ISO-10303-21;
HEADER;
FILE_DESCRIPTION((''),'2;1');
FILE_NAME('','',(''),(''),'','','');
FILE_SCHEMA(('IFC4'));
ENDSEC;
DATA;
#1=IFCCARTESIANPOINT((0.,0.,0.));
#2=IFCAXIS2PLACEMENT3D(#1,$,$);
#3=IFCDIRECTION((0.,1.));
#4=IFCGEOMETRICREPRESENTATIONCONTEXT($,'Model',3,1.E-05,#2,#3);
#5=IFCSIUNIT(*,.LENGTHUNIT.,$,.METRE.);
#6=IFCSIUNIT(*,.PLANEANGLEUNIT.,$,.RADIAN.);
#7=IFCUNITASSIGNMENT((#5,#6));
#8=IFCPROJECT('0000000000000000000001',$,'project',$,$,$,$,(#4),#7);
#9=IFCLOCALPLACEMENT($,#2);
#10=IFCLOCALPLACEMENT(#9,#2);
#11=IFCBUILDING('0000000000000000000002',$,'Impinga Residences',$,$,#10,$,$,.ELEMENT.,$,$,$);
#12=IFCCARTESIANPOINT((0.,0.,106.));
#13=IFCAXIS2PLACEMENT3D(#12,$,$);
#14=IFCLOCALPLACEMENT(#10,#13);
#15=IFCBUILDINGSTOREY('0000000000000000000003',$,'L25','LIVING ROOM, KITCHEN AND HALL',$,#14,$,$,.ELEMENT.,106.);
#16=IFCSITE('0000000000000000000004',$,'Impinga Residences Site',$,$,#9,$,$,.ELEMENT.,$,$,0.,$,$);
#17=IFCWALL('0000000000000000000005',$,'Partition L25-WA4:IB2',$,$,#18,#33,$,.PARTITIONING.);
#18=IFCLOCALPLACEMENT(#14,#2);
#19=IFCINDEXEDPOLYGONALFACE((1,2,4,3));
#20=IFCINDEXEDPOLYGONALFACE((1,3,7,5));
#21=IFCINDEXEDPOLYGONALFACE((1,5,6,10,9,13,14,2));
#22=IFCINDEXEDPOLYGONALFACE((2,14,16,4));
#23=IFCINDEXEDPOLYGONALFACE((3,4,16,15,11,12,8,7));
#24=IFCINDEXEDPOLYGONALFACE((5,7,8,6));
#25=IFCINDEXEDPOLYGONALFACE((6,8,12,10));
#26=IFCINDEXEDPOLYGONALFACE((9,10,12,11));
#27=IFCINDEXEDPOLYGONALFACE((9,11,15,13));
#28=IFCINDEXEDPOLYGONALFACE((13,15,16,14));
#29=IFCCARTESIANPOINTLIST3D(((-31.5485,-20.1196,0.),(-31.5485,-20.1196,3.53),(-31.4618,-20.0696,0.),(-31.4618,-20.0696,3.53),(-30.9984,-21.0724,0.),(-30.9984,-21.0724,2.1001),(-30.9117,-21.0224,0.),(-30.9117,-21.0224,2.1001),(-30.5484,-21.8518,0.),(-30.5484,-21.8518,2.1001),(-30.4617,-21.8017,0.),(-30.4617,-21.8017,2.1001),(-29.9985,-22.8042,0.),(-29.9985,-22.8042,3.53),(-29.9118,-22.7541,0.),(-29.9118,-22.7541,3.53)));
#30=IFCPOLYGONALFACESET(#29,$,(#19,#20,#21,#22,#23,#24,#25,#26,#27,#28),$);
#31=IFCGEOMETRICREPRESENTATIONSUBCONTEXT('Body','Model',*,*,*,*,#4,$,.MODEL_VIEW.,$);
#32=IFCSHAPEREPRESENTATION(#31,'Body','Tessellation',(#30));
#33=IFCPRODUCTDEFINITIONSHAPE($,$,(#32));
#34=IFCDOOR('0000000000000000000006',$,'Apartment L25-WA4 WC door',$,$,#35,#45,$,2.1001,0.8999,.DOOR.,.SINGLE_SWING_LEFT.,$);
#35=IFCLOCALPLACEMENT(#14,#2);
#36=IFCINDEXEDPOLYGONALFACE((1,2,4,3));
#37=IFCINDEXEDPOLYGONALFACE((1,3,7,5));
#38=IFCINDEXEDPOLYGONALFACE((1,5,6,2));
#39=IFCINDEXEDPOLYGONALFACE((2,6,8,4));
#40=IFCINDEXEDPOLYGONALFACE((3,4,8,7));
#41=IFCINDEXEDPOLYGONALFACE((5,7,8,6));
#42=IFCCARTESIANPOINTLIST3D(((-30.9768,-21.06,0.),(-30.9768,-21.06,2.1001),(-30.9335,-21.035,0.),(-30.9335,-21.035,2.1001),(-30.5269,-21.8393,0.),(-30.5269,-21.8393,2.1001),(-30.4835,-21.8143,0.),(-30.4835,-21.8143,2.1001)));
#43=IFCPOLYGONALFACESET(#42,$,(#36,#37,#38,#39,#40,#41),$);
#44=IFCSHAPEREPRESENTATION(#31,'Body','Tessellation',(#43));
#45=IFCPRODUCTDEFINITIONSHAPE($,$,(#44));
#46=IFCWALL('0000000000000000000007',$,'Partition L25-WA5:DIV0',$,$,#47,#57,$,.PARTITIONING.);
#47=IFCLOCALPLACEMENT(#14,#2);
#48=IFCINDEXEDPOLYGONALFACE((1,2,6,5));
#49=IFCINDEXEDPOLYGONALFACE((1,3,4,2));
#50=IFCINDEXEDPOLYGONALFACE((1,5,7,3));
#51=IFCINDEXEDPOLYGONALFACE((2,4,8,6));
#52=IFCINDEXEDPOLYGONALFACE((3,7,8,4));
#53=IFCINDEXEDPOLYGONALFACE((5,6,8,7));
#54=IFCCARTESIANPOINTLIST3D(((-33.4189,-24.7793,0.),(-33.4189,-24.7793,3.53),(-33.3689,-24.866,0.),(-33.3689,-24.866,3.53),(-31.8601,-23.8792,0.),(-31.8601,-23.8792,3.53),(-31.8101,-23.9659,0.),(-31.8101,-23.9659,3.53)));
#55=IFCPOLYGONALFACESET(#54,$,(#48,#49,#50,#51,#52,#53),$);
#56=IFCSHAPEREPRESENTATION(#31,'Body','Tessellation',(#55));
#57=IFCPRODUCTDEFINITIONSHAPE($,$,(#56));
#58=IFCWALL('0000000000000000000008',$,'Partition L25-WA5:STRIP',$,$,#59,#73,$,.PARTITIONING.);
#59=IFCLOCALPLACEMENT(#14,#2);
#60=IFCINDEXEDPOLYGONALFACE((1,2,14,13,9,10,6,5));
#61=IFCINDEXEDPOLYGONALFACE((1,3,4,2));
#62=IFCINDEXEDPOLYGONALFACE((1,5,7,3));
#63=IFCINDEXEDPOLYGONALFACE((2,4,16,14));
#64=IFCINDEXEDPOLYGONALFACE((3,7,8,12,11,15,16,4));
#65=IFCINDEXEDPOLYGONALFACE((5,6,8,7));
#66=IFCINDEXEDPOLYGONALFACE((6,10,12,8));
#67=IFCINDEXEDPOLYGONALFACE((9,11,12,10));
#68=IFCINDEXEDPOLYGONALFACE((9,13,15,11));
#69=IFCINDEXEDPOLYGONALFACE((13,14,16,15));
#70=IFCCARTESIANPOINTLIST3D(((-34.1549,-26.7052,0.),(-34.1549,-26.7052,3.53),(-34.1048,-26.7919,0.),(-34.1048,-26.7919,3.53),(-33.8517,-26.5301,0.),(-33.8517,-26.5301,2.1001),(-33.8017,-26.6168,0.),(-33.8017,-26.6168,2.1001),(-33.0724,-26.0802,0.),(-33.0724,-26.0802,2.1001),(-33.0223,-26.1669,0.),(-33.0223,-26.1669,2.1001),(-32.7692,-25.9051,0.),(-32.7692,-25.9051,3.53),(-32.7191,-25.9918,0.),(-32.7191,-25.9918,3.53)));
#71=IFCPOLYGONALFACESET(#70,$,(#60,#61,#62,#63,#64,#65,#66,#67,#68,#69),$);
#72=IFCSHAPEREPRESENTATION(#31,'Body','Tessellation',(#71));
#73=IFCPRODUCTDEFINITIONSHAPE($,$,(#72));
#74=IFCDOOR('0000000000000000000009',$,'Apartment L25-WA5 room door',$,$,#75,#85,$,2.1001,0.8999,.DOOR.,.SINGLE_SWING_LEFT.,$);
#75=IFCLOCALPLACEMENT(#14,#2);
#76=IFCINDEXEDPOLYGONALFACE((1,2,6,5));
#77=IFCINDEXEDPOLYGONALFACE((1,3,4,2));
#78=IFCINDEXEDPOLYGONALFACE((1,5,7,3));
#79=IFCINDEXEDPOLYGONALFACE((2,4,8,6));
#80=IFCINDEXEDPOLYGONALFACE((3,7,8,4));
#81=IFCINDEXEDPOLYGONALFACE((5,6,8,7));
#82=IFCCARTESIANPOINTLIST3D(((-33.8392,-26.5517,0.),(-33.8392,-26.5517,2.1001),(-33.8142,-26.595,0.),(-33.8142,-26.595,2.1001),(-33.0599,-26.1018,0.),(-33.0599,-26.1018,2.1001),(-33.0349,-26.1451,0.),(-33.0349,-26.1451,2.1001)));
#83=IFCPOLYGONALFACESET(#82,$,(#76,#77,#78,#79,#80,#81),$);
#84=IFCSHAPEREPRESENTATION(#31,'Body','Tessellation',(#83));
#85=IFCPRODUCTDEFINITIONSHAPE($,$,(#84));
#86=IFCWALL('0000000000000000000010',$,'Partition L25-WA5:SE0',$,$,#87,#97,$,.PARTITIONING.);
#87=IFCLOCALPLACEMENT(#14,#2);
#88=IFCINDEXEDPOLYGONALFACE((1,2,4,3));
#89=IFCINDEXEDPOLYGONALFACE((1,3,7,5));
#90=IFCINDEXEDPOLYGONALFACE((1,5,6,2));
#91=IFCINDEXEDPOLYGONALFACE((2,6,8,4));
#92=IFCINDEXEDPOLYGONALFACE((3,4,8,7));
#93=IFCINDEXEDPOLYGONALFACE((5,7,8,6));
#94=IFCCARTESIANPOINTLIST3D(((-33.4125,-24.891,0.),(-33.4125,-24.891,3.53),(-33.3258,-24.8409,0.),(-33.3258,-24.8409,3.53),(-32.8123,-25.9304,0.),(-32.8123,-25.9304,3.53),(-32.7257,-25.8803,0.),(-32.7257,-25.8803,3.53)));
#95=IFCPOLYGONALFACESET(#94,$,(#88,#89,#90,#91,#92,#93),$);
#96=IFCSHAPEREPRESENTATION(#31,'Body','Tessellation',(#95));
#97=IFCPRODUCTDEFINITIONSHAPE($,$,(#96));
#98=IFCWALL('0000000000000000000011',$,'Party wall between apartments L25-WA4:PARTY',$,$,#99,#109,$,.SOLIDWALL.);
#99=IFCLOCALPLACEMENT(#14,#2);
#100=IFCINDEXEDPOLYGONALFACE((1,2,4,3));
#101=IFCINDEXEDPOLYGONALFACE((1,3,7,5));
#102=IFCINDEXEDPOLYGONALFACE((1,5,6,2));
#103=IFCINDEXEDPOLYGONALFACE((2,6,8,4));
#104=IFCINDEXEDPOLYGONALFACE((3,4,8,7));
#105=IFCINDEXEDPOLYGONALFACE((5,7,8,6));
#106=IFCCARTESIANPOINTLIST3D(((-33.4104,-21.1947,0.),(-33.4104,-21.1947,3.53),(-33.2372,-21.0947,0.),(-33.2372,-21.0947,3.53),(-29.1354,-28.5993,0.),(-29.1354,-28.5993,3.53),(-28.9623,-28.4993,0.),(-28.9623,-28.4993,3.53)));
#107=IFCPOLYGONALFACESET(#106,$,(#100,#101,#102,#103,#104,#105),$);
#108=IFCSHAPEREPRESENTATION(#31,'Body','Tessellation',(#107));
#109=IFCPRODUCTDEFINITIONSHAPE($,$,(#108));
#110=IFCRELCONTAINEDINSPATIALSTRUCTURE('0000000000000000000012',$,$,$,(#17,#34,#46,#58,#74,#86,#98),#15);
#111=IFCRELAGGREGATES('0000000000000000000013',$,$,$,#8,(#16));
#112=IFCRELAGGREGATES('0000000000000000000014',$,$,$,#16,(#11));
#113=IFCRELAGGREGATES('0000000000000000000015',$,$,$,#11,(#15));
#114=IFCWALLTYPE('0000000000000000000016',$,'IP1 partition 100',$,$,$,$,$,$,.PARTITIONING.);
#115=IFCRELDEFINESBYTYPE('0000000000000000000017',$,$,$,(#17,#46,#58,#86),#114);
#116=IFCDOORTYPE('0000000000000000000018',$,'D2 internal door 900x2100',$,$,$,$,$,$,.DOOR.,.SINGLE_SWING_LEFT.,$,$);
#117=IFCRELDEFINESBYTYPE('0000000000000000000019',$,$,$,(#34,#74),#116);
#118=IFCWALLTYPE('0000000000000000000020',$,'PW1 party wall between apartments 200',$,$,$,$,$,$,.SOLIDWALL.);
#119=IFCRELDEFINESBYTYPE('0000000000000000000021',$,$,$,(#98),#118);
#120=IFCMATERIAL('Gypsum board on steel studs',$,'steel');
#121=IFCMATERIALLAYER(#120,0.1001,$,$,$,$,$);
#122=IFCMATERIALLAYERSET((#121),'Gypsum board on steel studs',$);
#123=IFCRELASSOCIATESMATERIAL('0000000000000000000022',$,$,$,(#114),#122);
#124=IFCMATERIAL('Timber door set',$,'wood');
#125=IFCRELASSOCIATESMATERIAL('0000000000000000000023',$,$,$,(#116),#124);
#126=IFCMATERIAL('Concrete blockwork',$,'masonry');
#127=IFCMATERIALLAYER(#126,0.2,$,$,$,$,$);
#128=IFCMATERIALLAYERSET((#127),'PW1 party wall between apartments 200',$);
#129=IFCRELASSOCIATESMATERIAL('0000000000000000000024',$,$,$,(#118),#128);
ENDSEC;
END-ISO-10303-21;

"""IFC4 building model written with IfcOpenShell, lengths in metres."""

from ifc_helpers import new_model, si_unit, direction, frame, frame_2d, origin, place, context, subcontext, project, spatial, rectangle, extrude, material, layer, layer_set, type_object, element, fill, save


model = new_model("IFC4")

# Units and contexts
model_context = context("Model", 3, precision=1e-05, world=origin(), true_north=direction((0.0, 1.0)))
body_context = subcontext(model_context, "Body", "Model", "MODEL_VIEW")
ifc_project = project(units=[si_unit("LENGTHUNIT", "METRE"), si_unit("PLANEANGLEUNIT", "RADIAN")], contexts=[model_context])

# Site, building, storey
site_placement = place(None, origin())
site = spatial("IfcSite", under=ifc_project, at=site_placement, Name="Impinga Residences Site", CompositionType="ELEMENT", RefElevation=0.0)
building_placement = place(site_placement, origin())
building = spatial("IfcBuilding", under=site, at=building_placement, Name="Impinga Residences", CompositionType="ELEMENT")
storey_placement = place(building_placement, frame((0.0, 0.0, 106.0)))
storey = spatial("IfcBuildingStorey", under=building, at=storey_placement, Name="L25", Description="LIVING ROOM, KITCHEN AND HALL", CompositionType="ELEMENT", Elevation=106.0)

# Shared definitions
ifc_material_1 = material(Name="Concrete blockwork", Category="masonry")
ifc_material_2 = material(Name="Timber door set", Category="wood")

# Shared definitions
ifc_material_3 = material(Name="Gypsum board on steel studs", Category="steel")
ifc_layer_1 = layer(ifc_material_3, 0.1001)
ifc_layer_set_1 = layer_set([ifc_layer_1], Name="Gypsum board on steel studs")
wall_type_1 = type_object("IfcWallType", Name="IP1 partition 100", PredefinedType="PARTITIONING", material=ifc_layer_set_1)

# Wall, opening, door
door_type_1 = type_object("IfcDoorType", Name="D2 internal door 900x2100", OperationType="SINGLE_SWING_LEFT", PredefinedType="DOOR", material=ifc_material_2)
wall_1_placement = place(storey_placement, frame((-31.5051, -20.0947, 0.0), z_axis=(0.0, 0.0, 1.0), x_axis=(0.500027, -0.86601, 0.0)))
wall_1 = element("IfcWall", 1, at=wall_1_placement, inside=storey, type_object=wall_type_1, Name="Partition L25-WA4:IB2", PredefinedType="PARTITIONING", context=body_context, shape_type="SweptSolid", body=[
    extrude(rectangle(XDim=3.0999, YDim=0.1001, at=frame_2d((1.5498, 0.0))), origin(), (0.0, 0.0, 1.0), 3.53),
])
opening_1_placement = place(wall_1_placement, frame((1.1001, 0.0, 0.0)))
opening_1 = element("IfcOpeningElement", 2, at=opening_1_placement, cuts=wall_1, PredefinedType="OPENING", context=body_context, shape_type="SweptSolid", body=[
    extrude(rectangle(XDim=0.8999, YDim=2.1001, at=frame_2d((0.45, 1.05))), frame((0.0, 0.0601, 0.0), z_axis=(0.0, -1.0, 0.0), x_axis=(1.0, 0.0, 0.0)), (0.0, 0.0, 1.0), 0.1201),
])
door_1_placement = place(opening_1_placement, origin())
door_1 = element("IfcDoor", 3, at=door_1_placement, inside=storey, type_object=door_type_1, Name="Apartment L25-WA4 WC door", OperationType="SINGLE_SWING_LEFT", OverallHeight=2.1001, OverallWidth=0.8999, PredefinedType="DOOR", context=body_context, shape_type="SweptSolid", body=[
    extrude(rectangle(XDim=0.8999, YDim=2.1001, at=frame_2d((0.45, 1.05))), frame((0.0, 0.0249, 0.0), z_axis=(0.0, -1.0, 0.0), x_axis=(1.0, 0.0, 0.0)), (0.0, 0.0, 1.0), 0.05),
])
fill(opening_1, door_1)

# Wall
wall_2_placement = place(storey_placement, frame((-31.8352, -23.9226, 0.0), z_axis=(0.0, 0.0, 1.0), x_axis=(-0.865989, -0.500063, 0.0)))
element("IfcWall", 4, at=wall_2_placement, inside=storey, type_object=wall_type_1, Name="Partition L25-WA5:DIV0", PredefinedType="PARTITIONING", context=body_context, shape_type="SweptSolid", body=[
    extrude(rectangle(XDim=1.8, YDim=0.1001, at=frame_2d((0.8999, 0.0))), origin(), (0.0, 0.0, 1.0), 3.53),
])

# Wall, opening, door
wall_3_placement = place(storey_placement, frame((-32.7441, -25.9485, 0.0), z_axis=(0.0, 0.0, 1.0), x_axis=(-0.866028, -0.499995, 0.0)))
wall_3 = element("IfcWall", 5, at=wall_3_placement, inside=storey, type_object=wall_type_1, Name="Partition L25-WA5:STRIP", PredefinedType="PARTITIONING", context=body_context, shape_type="SweptSolid", body=[
    extrude(rectangle(XDim=1.6001, YDim=0.1001, at=frame_2d((0.8, 0.0))), origin(), (0.0, 0.0, 1.0), 3.53),
])
opening_2_placement = place(wall_3_placement, frame((0.3501, 0.0, 0.0)))
opening_2 = element("IfcOpeningElement", 6, at=opening_2_placement, cuts=wall_3, PredefinedType="OPENING", context=body_context, shape_type="SweptSolid", body=[
    extrude(rectangle(XDim=0.8999, YDim=2.1001, at=frame_2d((0.45, 1.05))), frame((0.0, 0.0601, 0.0), z_axis=(0.0, -1.0, 0.0), x_axis=(1.0, 0.0, 0.0)), (0.0, 0.0, 1.0), 0.1201),
])
door_2_placement = place(opening_2_placement, origin())
door_2 = element("IfcDoor", 7, at=door_2_placement, inside=storey, type_object=door_type_1, Name="Apartment L25-WA5 room door", OperationType="SINGLE_SWING_LEFT", OverallHeight=2.1001, OverallWidth=0.8999, PredefinedType="DOOR", context=body_context, shape_type="SweptSolid", body=[
    extrude(rectangle(XDim=0.8999, YDim=2.1001, at=frame_2d((0.45, 1.05))), frame((0.0, 0.0249, 0.0), z_axis=(0.0, -1.0, 0.0), x_axis=(1.0, 0.0, 0.0)), (0.0, 0.0, 1.0), 0.05),
])
fill(opening_2, door_2)

# Walls
wall_4_placement = place(storey_placement, frame((-33.3691, -24.866, 0.0), z_axis=(0.0, 0.0, 1.0), x_axis=(0.500034, -0.866006, 0.0)))
element("IfcWall", 8, at=wall_4_placement, inside=storey, type_object=wall_type_1, Name="Partition L25-WA5:SE0", PredefinedType="PARTITIONING", context=body_context, shape_type="SweptSolid", body=[
    extrude(rectangle(XDim=1.2002, YDim=0.1001, at=frame_2d((0.6001, 0.0))), origin(), (0.0, 0.0, 1.0), 3.53),
])
ifc_layer_2 = layer(ifc_material_1, 0.2)
ifc_layer_set_2 = layer_set([ifc_layer_2], Name="PW1 party wall between apartments 200")
wall_type_2 = type_object("IfcWallType", Name="PW1 party wall between apartments 200", PredefinedType="SOLIDWALL", material=ifc_layer_set_2)
wall_5_placement = place(storey_placement, frame((-33.3237, -21.1448, 0.0), z_axis=(0.0, 0.0, 1.0), x_axis=(0.49999, -0.866031, 0.0)))
element("IfcWall", 9, at=wall_5_placement, inside=storey, type_object=wall_type_2, Name="Party wall between apartments L25-WA4:PARTY", PredefinedType="SOLIDWALL", context=body_context, shape_type="SweptSolid", body=[
    extrude(rectangle(XDim=8.55, YDim=0.2, at=frame_2d((4.2749, 0.0))), origin(), (0.0, 0.0, 1.0), 3.53),
])

save(model, "model.ifc")
